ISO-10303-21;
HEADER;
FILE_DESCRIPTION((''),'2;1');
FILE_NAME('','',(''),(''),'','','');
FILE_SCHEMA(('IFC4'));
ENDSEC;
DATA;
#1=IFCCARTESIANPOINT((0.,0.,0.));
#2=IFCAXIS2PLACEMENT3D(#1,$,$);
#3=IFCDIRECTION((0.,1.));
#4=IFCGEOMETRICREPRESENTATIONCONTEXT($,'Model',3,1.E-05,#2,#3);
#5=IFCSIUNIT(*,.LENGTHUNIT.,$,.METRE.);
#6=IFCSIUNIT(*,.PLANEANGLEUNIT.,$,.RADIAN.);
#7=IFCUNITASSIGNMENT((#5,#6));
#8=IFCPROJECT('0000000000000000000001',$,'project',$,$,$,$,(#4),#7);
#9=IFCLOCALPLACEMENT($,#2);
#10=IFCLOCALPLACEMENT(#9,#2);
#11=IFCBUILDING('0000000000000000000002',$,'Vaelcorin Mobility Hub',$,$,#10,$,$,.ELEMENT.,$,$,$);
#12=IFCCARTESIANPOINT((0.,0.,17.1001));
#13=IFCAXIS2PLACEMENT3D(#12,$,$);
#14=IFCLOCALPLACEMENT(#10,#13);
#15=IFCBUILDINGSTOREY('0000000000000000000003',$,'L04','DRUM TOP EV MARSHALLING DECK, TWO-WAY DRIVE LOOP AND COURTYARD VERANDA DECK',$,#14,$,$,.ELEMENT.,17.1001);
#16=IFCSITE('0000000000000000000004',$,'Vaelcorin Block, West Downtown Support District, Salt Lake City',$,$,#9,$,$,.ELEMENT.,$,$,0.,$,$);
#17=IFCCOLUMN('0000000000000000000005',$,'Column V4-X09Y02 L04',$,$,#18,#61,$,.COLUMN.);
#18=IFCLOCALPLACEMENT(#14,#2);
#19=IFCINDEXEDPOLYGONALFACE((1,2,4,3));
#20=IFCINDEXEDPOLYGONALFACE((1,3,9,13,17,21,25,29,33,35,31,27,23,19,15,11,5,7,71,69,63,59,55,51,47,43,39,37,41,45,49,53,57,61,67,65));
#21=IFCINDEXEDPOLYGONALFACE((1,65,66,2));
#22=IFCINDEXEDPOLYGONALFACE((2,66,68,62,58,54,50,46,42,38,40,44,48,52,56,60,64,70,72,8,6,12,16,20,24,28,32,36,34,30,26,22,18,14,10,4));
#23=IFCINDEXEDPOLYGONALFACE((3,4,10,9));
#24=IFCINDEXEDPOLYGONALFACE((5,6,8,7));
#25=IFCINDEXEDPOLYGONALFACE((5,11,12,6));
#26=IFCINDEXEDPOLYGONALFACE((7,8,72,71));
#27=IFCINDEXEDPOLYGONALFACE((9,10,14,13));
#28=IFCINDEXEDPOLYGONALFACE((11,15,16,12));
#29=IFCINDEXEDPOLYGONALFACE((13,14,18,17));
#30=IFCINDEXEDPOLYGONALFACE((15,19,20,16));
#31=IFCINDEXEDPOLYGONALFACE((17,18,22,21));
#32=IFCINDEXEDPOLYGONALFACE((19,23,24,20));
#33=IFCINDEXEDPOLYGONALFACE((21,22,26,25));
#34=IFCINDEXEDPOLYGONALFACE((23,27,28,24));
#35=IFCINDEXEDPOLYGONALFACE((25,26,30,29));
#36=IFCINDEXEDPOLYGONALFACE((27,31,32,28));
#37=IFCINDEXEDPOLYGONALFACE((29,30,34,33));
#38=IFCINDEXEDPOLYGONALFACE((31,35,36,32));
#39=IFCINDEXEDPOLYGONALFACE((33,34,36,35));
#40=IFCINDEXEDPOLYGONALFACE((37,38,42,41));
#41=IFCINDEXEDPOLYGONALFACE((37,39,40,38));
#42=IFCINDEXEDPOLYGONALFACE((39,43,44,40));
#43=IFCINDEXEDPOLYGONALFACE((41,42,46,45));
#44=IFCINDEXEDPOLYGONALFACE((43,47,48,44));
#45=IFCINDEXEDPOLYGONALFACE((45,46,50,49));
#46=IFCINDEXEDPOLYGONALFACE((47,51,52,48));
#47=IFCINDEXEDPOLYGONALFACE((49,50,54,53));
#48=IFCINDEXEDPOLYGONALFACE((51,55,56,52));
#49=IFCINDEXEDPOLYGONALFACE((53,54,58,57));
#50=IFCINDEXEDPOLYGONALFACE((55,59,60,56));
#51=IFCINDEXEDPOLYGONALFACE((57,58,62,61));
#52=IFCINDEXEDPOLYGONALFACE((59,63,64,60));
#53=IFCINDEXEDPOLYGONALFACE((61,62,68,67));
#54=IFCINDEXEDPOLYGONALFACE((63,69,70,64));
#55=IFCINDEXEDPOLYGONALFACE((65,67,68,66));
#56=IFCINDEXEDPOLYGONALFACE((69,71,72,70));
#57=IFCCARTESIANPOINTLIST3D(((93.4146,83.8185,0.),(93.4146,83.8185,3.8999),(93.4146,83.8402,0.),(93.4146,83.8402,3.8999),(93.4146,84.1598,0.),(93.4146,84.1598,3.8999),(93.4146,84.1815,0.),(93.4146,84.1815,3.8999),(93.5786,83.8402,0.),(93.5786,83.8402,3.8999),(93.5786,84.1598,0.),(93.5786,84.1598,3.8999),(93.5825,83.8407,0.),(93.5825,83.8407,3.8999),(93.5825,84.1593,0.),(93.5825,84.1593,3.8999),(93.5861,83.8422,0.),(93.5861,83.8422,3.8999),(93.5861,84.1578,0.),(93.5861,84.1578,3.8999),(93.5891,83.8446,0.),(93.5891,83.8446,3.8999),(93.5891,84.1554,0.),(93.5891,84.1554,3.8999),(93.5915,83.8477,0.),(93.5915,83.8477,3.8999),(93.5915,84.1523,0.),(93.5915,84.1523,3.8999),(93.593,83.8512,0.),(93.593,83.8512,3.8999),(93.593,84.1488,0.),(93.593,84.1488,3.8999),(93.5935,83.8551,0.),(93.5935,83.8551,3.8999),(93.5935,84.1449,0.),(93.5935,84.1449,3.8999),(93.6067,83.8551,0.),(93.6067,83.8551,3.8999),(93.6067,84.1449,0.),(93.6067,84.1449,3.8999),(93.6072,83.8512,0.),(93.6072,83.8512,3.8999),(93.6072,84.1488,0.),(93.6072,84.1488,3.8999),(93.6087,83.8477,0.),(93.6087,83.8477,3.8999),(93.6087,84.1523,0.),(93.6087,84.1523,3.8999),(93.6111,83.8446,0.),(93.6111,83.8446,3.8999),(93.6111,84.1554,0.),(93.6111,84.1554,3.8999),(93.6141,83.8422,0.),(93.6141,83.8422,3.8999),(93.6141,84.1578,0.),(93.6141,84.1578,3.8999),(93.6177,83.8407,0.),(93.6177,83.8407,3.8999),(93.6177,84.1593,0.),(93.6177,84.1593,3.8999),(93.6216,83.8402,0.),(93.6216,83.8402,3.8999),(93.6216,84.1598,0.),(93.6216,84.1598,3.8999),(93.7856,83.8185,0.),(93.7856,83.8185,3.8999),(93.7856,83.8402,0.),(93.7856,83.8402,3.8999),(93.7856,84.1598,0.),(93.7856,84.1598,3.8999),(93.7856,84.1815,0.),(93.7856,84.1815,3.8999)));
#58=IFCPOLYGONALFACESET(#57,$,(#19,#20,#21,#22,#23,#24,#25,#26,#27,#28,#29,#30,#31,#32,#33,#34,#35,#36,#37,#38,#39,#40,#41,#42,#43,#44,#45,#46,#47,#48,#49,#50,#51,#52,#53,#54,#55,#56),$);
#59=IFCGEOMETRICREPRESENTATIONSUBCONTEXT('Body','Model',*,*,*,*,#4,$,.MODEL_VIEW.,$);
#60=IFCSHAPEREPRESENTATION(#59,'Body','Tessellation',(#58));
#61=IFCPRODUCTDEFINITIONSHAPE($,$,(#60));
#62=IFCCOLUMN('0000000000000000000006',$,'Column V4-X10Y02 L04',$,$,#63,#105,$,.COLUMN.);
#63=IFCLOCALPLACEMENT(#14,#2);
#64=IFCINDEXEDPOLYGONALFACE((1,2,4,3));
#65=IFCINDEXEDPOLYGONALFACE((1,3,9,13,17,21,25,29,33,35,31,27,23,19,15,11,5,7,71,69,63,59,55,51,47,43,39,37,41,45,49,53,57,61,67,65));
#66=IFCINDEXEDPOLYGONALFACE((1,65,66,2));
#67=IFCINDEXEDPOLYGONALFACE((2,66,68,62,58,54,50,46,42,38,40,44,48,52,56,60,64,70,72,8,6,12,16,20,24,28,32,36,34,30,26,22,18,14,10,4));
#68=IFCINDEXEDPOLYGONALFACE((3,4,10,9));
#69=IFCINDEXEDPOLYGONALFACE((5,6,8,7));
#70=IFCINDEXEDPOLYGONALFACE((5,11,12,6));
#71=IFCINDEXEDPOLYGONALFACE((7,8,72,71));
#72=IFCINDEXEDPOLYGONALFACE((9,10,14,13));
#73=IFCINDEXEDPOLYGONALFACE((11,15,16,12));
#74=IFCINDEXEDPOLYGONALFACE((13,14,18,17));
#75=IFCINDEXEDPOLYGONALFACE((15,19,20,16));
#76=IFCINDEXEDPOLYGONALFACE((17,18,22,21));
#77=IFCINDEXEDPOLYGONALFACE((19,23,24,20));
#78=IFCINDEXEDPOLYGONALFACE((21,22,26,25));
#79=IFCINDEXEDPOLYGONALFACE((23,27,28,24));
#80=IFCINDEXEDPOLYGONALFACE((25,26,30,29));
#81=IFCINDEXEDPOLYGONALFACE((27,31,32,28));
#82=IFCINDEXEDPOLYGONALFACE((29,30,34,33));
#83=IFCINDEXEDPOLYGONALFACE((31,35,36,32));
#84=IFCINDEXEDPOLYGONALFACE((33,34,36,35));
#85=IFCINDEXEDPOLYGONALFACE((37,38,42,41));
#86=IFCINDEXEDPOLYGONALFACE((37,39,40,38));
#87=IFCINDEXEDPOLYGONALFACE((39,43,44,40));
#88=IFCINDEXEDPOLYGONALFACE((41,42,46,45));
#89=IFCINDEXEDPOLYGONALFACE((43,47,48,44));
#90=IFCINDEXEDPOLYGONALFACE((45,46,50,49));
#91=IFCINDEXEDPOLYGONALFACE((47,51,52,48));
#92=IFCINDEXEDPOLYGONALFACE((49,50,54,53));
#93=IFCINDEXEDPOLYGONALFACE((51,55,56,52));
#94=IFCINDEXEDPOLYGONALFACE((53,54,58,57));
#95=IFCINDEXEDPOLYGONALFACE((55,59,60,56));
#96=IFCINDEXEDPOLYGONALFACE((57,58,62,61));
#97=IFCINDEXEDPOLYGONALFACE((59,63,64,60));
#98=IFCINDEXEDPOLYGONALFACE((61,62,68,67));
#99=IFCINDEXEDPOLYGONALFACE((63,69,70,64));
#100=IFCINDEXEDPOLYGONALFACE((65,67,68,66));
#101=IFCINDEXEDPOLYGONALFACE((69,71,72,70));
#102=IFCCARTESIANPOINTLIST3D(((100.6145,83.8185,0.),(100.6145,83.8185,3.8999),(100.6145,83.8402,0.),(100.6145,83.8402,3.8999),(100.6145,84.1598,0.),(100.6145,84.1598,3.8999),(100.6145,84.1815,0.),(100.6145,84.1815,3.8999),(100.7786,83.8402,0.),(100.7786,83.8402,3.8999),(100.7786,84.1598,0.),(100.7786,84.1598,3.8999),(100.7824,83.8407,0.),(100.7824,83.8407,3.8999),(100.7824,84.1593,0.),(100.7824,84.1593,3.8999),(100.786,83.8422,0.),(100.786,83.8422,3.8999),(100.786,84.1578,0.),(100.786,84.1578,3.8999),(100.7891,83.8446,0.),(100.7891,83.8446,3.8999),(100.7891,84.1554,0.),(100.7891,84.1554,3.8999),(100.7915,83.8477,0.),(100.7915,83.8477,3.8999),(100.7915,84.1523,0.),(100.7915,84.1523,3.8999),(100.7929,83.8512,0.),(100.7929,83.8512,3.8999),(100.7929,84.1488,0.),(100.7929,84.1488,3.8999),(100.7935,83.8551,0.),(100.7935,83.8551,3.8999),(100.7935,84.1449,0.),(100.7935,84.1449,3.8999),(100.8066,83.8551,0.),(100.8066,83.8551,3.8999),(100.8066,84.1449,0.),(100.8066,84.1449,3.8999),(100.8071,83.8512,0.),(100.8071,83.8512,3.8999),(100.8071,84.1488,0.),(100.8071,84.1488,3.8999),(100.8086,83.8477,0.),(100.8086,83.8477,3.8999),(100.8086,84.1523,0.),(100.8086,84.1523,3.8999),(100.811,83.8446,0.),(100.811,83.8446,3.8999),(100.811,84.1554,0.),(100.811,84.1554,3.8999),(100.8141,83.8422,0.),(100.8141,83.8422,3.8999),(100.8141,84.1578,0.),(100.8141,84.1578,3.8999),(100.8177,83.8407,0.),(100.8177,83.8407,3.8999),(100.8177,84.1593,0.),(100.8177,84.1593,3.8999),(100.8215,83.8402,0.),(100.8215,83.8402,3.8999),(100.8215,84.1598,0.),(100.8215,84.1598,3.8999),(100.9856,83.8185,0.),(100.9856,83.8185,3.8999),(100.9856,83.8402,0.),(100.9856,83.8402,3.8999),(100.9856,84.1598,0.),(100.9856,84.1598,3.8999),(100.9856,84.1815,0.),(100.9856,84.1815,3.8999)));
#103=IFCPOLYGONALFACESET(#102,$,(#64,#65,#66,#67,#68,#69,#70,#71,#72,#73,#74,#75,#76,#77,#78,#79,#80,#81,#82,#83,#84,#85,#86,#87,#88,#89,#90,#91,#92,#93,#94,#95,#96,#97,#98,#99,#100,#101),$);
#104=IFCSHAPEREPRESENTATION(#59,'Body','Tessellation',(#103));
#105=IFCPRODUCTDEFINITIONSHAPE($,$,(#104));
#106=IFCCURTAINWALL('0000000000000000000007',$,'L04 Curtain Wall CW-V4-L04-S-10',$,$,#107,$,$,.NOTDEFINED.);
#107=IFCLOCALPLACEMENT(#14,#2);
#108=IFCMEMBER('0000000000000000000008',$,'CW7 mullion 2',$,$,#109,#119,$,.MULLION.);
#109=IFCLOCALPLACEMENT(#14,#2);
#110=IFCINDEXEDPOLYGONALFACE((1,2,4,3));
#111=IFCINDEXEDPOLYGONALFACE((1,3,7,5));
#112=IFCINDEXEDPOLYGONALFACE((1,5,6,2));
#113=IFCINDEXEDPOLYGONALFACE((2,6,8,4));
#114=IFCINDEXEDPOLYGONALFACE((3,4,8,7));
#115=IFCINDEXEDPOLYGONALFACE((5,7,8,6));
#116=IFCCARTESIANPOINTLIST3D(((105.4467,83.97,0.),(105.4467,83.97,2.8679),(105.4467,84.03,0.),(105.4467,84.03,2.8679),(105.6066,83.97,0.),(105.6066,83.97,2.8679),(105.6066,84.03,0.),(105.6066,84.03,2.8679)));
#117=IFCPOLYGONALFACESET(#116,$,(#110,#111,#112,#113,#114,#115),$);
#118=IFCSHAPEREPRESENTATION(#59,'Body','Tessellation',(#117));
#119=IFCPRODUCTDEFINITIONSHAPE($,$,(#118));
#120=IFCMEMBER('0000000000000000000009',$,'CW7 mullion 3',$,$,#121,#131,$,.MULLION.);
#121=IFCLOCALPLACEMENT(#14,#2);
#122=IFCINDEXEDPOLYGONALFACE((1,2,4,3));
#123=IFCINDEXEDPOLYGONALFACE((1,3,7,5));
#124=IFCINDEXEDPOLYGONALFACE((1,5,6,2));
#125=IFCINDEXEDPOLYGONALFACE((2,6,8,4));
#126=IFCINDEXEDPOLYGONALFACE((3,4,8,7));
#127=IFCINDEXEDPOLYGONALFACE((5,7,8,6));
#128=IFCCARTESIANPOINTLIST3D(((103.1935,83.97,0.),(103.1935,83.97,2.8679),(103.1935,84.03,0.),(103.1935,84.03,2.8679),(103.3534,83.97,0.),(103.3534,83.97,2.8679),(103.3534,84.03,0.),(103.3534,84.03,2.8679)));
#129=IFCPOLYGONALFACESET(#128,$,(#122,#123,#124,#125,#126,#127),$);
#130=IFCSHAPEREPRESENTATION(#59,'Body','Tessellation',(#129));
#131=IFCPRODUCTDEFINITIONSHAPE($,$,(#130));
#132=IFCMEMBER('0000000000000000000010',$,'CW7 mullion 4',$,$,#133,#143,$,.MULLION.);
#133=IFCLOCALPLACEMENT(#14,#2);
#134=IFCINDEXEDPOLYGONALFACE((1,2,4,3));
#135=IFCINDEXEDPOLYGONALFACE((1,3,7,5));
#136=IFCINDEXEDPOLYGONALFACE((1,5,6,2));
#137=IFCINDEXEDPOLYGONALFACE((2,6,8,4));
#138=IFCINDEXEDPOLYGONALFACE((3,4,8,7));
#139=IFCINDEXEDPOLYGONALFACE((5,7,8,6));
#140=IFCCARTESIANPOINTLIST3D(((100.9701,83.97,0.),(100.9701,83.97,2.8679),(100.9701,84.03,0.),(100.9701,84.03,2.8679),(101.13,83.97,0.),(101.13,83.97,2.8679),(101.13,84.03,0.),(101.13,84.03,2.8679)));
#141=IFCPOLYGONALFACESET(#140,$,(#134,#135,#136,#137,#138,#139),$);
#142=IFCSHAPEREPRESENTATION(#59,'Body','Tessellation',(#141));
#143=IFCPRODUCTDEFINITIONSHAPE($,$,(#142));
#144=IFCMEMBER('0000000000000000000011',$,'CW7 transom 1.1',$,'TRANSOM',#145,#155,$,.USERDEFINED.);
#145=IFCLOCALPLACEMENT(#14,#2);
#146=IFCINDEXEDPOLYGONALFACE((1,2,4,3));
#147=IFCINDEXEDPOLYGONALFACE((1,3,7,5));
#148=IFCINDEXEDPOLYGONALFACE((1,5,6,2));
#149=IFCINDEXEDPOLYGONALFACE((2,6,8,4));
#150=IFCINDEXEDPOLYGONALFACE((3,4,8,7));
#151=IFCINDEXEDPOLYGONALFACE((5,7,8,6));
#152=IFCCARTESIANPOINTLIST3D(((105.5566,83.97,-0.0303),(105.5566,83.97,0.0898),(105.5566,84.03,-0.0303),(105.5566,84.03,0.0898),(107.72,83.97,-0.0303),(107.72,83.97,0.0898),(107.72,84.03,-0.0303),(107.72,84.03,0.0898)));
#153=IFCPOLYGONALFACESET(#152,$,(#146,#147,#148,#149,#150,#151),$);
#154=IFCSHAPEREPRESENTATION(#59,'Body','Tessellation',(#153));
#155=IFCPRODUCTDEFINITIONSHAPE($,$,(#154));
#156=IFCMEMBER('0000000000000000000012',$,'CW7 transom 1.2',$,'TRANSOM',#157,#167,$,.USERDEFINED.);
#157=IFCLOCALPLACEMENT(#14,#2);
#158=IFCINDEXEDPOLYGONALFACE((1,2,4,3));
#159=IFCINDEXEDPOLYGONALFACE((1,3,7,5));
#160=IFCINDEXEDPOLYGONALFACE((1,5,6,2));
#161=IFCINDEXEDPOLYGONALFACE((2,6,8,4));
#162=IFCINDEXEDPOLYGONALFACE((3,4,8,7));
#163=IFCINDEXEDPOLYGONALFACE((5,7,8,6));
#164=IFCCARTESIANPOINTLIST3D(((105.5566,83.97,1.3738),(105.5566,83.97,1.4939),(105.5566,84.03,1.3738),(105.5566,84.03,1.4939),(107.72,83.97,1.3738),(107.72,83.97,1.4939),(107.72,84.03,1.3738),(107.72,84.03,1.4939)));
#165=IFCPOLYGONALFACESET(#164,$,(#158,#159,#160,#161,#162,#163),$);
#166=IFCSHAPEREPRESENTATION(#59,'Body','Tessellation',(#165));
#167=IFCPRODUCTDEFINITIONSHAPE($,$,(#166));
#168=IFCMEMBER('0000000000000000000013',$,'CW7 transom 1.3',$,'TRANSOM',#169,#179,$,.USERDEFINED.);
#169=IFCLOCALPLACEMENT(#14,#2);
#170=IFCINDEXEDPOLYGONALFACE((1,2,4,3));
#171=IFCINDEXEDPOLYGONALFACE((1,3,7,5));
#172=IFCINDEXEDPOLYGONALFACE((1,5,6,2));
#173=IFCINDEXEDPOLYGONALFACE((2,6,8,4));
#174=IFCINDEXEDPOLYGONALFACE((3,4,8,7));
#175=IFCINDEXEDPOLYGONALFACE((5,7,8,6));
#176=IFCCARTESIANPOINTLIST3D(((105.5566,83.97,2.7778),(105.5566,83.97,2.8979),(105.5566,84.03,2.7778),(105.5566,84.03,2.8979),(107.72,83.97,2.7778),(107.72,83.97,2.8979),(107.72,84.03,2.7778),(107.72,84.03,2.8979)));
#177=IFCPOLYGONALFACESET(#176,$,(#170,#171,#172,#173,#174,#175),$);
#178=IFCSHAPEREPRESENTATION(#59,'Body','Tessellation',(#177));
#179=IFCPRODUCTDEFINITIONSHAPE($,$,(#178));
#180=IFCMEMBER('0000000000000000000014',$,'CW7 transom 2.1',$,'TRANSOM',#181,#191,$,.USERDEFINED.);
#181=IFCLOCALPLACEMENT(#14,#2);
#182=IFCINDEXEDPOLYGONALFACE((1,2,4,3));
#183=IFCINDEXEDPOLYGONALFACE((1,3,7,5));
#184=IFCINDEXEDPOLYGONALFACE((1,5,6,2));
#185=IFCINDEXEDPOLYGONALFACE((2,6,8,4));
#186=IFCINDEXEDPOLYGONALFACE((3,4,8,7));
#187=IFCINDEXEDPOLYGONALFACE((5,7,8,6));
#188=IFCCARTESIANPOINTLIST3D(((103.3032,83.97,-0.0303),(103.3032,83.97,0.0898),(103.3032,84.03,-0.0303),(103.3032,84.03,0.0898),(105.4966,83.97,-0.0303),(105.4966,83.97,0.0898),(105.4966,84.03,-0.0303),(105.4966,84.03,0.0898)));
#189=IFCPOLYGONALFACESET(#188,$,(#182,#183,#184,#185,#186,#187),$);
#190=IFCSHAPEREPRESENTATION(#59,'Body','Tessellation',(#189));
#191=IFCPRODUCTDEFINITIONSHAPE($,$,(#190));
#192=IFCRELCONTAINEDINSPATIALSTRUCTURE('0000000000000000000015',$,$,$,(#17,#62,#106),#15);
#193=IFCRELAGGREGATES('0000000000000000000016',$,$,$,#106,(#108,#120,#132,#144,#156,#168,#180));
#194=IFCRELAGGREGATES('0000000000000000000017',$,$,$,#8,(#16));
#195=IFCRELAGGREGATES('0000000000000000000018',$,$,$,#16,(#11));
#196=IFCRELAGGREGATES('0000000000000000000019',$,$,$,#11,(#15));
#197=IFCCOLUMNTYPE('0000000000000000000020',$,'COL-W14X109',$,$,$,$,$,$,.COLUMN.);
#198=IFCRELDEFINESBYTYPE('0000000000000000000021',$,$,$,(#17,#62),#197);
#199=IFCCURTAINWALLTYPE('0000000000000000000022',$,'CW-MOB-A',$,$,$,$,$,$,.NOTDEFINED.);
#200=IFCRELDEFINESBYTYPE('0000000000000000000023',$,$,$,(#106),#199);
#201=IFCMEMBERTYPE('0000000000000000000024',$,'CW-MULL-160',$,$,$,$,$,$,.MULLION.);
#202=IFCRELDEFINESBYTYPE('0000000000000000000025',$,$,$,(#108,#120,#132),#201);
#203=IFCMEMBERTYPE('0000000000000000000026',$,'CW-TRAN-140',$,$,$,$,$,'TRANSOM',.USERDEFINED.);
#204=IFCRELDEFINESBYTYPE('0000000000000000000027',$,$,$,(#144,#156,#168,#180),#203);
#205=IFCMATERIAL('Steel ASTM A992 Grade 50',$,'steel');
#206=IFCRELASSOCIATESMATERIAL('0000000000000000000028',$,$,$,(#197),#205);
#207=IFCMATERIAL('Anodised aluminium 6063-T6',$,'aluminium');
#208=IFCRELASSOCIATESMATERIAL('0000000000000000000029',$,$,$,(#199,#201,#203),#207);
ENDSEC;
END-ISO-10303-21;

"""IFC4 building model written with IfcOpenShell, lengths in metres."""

from ifc_helpers import new_model, si_unit, direction, frame, origin, origin_2d, place, context, subcontext, project, spatial, rectangle, i_section, extrude, material, material_profile, profile_set, type_object, element, aggregate, save


model = new_model("IFC4")

# Units and contexts
model_context = context("Model", 3, precision=1e-05, world=origin(), true_north=direction((0.0, 1.0)))
body_context = subcontext(model_context, "Body", "Model", "MODEL_VIEW")
ifc_project = project(units=[si_unit("LENGTHUNIT", "METRE"), si_unit("PLANEANGLEUNIT", "RADIAN")], contexts=[model_context])

# Site, building, storey
site_placement = place(None, origin())
site = spatial("IfcSite", under=ifc_project, at=site_placement, Name="Vaelcorin Block, West Downtown Support District, Salt Lake City", CompositionType="ELEMENT", RefElevation=0.0)
building_placement = place(site_placement, origin())
building = spatial("IfcBuilding", under=site, at=building_placement, Name="Vaelcorin Mobility Hub", CompositionType="ELEMENT")
storey_placement = place(building_placement, frame((0.0, 0.0, 17.1001)))
storey = spatial("IfcBuildingStorey", under=building, at=storey_placement, Name="L04", Description="DRUM TOP EV MARSHALLING DECK, TWO-WAY DRIVE LOOP AND COURTYARD VERANDA DECK", CompositionType="ELEMENT", Elevation=17.1001)

# Columns
ifc_material_1 = material(Name="Steel ASTM A992 Grade 50", Category="steel")
ifc_material_profile_1 = material_profile(ifc_material_1, i_section(OverallWidth=0.3711, OverallDepth=0.363, WebThickness=0.0132, FlangeThickness=0.0217, FilletRadius=0.0149, at=origin_2d()), Name="W14X109")
ifc_profile_set_1 = profile_set([ifc_material_profile_1], Name="Steel ASTM A992 Grade 50")
column_type = type_object("IfcColumnType", Name="COL-W14X109", PredefinedType="COLUMN", material=ifc_profile_set_1)
for number, where, z_axis, x_axis, name in (
    (1, (93.6001, 84.0, 0.0), (0.0, 0.0, 1.0), (1.0, 0.0, 0.0), "Column V4-X09Y02 L04"),
    (2, (100.8, 84.0, 0.0), (0.0, 0.0, 1.0), (1.0, 0.0, 0.0), "Column V4-X10Y02 L04"),
):
    element("IfcColumn", number, at=place(storey_placement, frame(where, z_axis=z_axis, x_axis=x_axis)), inside=storey, type_object=column_type, Name=name, PredefinedType="COLUMN", context=body_context, shape_type="SweptSolid", body=[
        extrude(i_section(OverallWidth=0.3711, OverallDepth=0.363, WebThickness=0.0132, FlangeThickness=0.0217, FilletRadius=0.0149, at=origin_2d()), origin(), (0.0, 0.0, 1.0), 3.8999),
    ])

# Curtain wall, members
ifc_material_2 = material(Name="Anodised aluminium 6063-T6", Category="aluminium")
curtain_wall_type = type_object("IfcCurtainWallType", Name="CW-MOB-A", PredefinedType="NOTDEFINED", material=ifc_material_2)
curtain_wall_placement = place(storey_placement, origin())
curtain_wall = element("IfcCurtainWall", 3, at=curtain_wall_placement, inside=storey, type_object=curtain_wall_type, Name="L04 Curtain Wall CW-V4-L04-S-10", PredefinedType="NOTDEFINED")
ifc_material_profile_2 = material_profile(ifc_material_2, rectangle(XDim=0.0601, YDim=0.1599, at=origin_2d()), Name="ALU-M60X160")
ifc_profile_set_2 = profile_set([ifc_material_profile_2], Name="Anodised aluminium 6063-T6")
member_type_1 = type_object("IfcMemberType", Name="CW-MULL-160", PredefinedType="MULLION", material=ifc_profile_set_2)
member_1_placement = place(storey_placement, frame((105.5266, 84.0, 0.0), z_axis=(0.0, 0.0, 1.0), x_axis=(0.0, -1.0, 0.0)))
member_1 = element("IfcMember", 4, at=member_1_placement, type_object=member_type_1, Name="CW7 mullion 2", PredefinedType="MULLION", context=body_context, shape_type="SweptSolid", body=[
    extrude(rectangle(XDim=0.0601, YDim=0.1599, at=origin_2d()), origin(), (0.0, 0.0, 1.0), 2.8679),
])
member_2_placement = place(storey_placement, frame((103.2734, 84.0, 0.0), z_axis=(0.0, 0.0, 1.0), x_axis=(0.0, -1.0, 0.0)))
member_2 = element("IfcMember", 5, at=member_2_placement, type_object=member_type_1, Name="CW7 mullion 3", PredefinedType="MULLION", context=body_context, shape_type="SweptSolid", body=[
    extrude(rectangle(XDim=0.0601, YDim=0.1599, at=origin_2d()), origin(), (0.0, 0.0, 1.0), 2.8679),
])
member_3_placement = place(storey_placement, frame((101.05, 84.0, 0.0), z_axis=(0.0, 0.0, 1.0), x_axis=(0.0, -1.0, 0.0)))
member_3 = element("IfcMember", 6, at=member_3_placement, type_object=member_type_1, Name="CW7 mullion 4", PredefinedType="MULLION", context=body_context, shape_type="SweptSolid", body=[
    extrude(rectangle(XDim=0.0601, YDim=0.1599, at=origin_2d()), origin(), (0.0, 0.0, 1.0), 2.8679),
])
ifc_material_profile_3 = material_profile(ifc_material_2, rectangle(XDim=0.0601, YDim=0.1201, at=origin_2d()), Name="ALU-T60X120")
ifc_profile_set_3 = profile_set([ifc_material_profile_3], Name="Anodised aluminium 6063-T6")
member_type_2 = type_object("IfcMemberType", Name="CW-TRAN-140", ElementType="TRANSOM", PredefinedType="USERDEFINED", material=ifc_profile_set_3)
member_4_placement = place(storey_placement, frame((107.72, 84.0, 0.0298), z_axis=(-1.0, 0.0, 0.0), x_axis=(0.0, -1.0, 0.0)))
member_4 = element("IfcMember", 7, at=member_4_placement, type_object=member_type_2, Name="CW7 transom 1.1", ObjectType="TRANSOM", PredefinedType="USERDEFINED", context=body_context, shape_type="SweptSolid", body=[
    extrude(rectangle(XDim=0.0601, YDim=0.1201, at=origin_2d()), origin(), (0.0, 0.0, 1.0), 2.1633),
])
member_5_placement = place(storey_placement, frame((107.72, 84.0, 1.4338), z_axis=(-1.0, 0.0, 0.0), x_axis=(0.0, -1.0, 0.0)))
member_5 = element("IfcMember", 8, at=member_5_placement, type_object=member_type_2, Name="CW7 transom 1.2", ObjectType="TRANSOM", PredefinedType="USERDEFINED", context=body_context, shape_type="SweptSolid", body=[
    extrude(rectangle(XDim=0.0601, YDim=0.1201, at=origin_2d()), origin(), (0.0, 0.0, 1.0), 2.1633),
])
member_6_placement = place(storey_placement, frame((107.72, 84.0, 2.8379), z_axis=(-1.0, 0.0, 0.0), x_axis=(0.0, -1.0, 0.0)))
member_6 = element("IfcMember", 9, at=member_6_placement, type_object=member_type_2, Name="CW7 transom 1.3", ObjectType="TRANSOM", PredefinedType="USERDEFINED", context=body_context, shape_type="SweptSolid", body=[
    extrude(rectangle(XDim=0.0601, YDim=0.1201, at=origin_2d()), origin(), (0.0, 0.0, 1.0), 2.1633),
])
member_7_placement = place(storey_placement, frame((105.4966, 84.0, 0.0298), z_axis=(-1.0, 0.0, 0.0), x_axis=(0.0, -1.0, 0.0)))
member_7 = element("IfcMember", 10, at=member_7_placement, type_object=member_type_2, Name="CW7 transom 2.1", ObjectType="TRANSOM", PredefinedType="USERDEFINED", context=body_context, shape_type="SweptSolid", body=[
    extrude(rectangle(XDim=0.0601, YDim=0.1201, at=origin_2d()), origin(), (0.0, 0.0, 1.0), 2.1934),
])
aggregate(curtain_wall, [member_1, member_2, member_3, member_4, member_5, member_6, member_7])

save(model, "model.ifc")
